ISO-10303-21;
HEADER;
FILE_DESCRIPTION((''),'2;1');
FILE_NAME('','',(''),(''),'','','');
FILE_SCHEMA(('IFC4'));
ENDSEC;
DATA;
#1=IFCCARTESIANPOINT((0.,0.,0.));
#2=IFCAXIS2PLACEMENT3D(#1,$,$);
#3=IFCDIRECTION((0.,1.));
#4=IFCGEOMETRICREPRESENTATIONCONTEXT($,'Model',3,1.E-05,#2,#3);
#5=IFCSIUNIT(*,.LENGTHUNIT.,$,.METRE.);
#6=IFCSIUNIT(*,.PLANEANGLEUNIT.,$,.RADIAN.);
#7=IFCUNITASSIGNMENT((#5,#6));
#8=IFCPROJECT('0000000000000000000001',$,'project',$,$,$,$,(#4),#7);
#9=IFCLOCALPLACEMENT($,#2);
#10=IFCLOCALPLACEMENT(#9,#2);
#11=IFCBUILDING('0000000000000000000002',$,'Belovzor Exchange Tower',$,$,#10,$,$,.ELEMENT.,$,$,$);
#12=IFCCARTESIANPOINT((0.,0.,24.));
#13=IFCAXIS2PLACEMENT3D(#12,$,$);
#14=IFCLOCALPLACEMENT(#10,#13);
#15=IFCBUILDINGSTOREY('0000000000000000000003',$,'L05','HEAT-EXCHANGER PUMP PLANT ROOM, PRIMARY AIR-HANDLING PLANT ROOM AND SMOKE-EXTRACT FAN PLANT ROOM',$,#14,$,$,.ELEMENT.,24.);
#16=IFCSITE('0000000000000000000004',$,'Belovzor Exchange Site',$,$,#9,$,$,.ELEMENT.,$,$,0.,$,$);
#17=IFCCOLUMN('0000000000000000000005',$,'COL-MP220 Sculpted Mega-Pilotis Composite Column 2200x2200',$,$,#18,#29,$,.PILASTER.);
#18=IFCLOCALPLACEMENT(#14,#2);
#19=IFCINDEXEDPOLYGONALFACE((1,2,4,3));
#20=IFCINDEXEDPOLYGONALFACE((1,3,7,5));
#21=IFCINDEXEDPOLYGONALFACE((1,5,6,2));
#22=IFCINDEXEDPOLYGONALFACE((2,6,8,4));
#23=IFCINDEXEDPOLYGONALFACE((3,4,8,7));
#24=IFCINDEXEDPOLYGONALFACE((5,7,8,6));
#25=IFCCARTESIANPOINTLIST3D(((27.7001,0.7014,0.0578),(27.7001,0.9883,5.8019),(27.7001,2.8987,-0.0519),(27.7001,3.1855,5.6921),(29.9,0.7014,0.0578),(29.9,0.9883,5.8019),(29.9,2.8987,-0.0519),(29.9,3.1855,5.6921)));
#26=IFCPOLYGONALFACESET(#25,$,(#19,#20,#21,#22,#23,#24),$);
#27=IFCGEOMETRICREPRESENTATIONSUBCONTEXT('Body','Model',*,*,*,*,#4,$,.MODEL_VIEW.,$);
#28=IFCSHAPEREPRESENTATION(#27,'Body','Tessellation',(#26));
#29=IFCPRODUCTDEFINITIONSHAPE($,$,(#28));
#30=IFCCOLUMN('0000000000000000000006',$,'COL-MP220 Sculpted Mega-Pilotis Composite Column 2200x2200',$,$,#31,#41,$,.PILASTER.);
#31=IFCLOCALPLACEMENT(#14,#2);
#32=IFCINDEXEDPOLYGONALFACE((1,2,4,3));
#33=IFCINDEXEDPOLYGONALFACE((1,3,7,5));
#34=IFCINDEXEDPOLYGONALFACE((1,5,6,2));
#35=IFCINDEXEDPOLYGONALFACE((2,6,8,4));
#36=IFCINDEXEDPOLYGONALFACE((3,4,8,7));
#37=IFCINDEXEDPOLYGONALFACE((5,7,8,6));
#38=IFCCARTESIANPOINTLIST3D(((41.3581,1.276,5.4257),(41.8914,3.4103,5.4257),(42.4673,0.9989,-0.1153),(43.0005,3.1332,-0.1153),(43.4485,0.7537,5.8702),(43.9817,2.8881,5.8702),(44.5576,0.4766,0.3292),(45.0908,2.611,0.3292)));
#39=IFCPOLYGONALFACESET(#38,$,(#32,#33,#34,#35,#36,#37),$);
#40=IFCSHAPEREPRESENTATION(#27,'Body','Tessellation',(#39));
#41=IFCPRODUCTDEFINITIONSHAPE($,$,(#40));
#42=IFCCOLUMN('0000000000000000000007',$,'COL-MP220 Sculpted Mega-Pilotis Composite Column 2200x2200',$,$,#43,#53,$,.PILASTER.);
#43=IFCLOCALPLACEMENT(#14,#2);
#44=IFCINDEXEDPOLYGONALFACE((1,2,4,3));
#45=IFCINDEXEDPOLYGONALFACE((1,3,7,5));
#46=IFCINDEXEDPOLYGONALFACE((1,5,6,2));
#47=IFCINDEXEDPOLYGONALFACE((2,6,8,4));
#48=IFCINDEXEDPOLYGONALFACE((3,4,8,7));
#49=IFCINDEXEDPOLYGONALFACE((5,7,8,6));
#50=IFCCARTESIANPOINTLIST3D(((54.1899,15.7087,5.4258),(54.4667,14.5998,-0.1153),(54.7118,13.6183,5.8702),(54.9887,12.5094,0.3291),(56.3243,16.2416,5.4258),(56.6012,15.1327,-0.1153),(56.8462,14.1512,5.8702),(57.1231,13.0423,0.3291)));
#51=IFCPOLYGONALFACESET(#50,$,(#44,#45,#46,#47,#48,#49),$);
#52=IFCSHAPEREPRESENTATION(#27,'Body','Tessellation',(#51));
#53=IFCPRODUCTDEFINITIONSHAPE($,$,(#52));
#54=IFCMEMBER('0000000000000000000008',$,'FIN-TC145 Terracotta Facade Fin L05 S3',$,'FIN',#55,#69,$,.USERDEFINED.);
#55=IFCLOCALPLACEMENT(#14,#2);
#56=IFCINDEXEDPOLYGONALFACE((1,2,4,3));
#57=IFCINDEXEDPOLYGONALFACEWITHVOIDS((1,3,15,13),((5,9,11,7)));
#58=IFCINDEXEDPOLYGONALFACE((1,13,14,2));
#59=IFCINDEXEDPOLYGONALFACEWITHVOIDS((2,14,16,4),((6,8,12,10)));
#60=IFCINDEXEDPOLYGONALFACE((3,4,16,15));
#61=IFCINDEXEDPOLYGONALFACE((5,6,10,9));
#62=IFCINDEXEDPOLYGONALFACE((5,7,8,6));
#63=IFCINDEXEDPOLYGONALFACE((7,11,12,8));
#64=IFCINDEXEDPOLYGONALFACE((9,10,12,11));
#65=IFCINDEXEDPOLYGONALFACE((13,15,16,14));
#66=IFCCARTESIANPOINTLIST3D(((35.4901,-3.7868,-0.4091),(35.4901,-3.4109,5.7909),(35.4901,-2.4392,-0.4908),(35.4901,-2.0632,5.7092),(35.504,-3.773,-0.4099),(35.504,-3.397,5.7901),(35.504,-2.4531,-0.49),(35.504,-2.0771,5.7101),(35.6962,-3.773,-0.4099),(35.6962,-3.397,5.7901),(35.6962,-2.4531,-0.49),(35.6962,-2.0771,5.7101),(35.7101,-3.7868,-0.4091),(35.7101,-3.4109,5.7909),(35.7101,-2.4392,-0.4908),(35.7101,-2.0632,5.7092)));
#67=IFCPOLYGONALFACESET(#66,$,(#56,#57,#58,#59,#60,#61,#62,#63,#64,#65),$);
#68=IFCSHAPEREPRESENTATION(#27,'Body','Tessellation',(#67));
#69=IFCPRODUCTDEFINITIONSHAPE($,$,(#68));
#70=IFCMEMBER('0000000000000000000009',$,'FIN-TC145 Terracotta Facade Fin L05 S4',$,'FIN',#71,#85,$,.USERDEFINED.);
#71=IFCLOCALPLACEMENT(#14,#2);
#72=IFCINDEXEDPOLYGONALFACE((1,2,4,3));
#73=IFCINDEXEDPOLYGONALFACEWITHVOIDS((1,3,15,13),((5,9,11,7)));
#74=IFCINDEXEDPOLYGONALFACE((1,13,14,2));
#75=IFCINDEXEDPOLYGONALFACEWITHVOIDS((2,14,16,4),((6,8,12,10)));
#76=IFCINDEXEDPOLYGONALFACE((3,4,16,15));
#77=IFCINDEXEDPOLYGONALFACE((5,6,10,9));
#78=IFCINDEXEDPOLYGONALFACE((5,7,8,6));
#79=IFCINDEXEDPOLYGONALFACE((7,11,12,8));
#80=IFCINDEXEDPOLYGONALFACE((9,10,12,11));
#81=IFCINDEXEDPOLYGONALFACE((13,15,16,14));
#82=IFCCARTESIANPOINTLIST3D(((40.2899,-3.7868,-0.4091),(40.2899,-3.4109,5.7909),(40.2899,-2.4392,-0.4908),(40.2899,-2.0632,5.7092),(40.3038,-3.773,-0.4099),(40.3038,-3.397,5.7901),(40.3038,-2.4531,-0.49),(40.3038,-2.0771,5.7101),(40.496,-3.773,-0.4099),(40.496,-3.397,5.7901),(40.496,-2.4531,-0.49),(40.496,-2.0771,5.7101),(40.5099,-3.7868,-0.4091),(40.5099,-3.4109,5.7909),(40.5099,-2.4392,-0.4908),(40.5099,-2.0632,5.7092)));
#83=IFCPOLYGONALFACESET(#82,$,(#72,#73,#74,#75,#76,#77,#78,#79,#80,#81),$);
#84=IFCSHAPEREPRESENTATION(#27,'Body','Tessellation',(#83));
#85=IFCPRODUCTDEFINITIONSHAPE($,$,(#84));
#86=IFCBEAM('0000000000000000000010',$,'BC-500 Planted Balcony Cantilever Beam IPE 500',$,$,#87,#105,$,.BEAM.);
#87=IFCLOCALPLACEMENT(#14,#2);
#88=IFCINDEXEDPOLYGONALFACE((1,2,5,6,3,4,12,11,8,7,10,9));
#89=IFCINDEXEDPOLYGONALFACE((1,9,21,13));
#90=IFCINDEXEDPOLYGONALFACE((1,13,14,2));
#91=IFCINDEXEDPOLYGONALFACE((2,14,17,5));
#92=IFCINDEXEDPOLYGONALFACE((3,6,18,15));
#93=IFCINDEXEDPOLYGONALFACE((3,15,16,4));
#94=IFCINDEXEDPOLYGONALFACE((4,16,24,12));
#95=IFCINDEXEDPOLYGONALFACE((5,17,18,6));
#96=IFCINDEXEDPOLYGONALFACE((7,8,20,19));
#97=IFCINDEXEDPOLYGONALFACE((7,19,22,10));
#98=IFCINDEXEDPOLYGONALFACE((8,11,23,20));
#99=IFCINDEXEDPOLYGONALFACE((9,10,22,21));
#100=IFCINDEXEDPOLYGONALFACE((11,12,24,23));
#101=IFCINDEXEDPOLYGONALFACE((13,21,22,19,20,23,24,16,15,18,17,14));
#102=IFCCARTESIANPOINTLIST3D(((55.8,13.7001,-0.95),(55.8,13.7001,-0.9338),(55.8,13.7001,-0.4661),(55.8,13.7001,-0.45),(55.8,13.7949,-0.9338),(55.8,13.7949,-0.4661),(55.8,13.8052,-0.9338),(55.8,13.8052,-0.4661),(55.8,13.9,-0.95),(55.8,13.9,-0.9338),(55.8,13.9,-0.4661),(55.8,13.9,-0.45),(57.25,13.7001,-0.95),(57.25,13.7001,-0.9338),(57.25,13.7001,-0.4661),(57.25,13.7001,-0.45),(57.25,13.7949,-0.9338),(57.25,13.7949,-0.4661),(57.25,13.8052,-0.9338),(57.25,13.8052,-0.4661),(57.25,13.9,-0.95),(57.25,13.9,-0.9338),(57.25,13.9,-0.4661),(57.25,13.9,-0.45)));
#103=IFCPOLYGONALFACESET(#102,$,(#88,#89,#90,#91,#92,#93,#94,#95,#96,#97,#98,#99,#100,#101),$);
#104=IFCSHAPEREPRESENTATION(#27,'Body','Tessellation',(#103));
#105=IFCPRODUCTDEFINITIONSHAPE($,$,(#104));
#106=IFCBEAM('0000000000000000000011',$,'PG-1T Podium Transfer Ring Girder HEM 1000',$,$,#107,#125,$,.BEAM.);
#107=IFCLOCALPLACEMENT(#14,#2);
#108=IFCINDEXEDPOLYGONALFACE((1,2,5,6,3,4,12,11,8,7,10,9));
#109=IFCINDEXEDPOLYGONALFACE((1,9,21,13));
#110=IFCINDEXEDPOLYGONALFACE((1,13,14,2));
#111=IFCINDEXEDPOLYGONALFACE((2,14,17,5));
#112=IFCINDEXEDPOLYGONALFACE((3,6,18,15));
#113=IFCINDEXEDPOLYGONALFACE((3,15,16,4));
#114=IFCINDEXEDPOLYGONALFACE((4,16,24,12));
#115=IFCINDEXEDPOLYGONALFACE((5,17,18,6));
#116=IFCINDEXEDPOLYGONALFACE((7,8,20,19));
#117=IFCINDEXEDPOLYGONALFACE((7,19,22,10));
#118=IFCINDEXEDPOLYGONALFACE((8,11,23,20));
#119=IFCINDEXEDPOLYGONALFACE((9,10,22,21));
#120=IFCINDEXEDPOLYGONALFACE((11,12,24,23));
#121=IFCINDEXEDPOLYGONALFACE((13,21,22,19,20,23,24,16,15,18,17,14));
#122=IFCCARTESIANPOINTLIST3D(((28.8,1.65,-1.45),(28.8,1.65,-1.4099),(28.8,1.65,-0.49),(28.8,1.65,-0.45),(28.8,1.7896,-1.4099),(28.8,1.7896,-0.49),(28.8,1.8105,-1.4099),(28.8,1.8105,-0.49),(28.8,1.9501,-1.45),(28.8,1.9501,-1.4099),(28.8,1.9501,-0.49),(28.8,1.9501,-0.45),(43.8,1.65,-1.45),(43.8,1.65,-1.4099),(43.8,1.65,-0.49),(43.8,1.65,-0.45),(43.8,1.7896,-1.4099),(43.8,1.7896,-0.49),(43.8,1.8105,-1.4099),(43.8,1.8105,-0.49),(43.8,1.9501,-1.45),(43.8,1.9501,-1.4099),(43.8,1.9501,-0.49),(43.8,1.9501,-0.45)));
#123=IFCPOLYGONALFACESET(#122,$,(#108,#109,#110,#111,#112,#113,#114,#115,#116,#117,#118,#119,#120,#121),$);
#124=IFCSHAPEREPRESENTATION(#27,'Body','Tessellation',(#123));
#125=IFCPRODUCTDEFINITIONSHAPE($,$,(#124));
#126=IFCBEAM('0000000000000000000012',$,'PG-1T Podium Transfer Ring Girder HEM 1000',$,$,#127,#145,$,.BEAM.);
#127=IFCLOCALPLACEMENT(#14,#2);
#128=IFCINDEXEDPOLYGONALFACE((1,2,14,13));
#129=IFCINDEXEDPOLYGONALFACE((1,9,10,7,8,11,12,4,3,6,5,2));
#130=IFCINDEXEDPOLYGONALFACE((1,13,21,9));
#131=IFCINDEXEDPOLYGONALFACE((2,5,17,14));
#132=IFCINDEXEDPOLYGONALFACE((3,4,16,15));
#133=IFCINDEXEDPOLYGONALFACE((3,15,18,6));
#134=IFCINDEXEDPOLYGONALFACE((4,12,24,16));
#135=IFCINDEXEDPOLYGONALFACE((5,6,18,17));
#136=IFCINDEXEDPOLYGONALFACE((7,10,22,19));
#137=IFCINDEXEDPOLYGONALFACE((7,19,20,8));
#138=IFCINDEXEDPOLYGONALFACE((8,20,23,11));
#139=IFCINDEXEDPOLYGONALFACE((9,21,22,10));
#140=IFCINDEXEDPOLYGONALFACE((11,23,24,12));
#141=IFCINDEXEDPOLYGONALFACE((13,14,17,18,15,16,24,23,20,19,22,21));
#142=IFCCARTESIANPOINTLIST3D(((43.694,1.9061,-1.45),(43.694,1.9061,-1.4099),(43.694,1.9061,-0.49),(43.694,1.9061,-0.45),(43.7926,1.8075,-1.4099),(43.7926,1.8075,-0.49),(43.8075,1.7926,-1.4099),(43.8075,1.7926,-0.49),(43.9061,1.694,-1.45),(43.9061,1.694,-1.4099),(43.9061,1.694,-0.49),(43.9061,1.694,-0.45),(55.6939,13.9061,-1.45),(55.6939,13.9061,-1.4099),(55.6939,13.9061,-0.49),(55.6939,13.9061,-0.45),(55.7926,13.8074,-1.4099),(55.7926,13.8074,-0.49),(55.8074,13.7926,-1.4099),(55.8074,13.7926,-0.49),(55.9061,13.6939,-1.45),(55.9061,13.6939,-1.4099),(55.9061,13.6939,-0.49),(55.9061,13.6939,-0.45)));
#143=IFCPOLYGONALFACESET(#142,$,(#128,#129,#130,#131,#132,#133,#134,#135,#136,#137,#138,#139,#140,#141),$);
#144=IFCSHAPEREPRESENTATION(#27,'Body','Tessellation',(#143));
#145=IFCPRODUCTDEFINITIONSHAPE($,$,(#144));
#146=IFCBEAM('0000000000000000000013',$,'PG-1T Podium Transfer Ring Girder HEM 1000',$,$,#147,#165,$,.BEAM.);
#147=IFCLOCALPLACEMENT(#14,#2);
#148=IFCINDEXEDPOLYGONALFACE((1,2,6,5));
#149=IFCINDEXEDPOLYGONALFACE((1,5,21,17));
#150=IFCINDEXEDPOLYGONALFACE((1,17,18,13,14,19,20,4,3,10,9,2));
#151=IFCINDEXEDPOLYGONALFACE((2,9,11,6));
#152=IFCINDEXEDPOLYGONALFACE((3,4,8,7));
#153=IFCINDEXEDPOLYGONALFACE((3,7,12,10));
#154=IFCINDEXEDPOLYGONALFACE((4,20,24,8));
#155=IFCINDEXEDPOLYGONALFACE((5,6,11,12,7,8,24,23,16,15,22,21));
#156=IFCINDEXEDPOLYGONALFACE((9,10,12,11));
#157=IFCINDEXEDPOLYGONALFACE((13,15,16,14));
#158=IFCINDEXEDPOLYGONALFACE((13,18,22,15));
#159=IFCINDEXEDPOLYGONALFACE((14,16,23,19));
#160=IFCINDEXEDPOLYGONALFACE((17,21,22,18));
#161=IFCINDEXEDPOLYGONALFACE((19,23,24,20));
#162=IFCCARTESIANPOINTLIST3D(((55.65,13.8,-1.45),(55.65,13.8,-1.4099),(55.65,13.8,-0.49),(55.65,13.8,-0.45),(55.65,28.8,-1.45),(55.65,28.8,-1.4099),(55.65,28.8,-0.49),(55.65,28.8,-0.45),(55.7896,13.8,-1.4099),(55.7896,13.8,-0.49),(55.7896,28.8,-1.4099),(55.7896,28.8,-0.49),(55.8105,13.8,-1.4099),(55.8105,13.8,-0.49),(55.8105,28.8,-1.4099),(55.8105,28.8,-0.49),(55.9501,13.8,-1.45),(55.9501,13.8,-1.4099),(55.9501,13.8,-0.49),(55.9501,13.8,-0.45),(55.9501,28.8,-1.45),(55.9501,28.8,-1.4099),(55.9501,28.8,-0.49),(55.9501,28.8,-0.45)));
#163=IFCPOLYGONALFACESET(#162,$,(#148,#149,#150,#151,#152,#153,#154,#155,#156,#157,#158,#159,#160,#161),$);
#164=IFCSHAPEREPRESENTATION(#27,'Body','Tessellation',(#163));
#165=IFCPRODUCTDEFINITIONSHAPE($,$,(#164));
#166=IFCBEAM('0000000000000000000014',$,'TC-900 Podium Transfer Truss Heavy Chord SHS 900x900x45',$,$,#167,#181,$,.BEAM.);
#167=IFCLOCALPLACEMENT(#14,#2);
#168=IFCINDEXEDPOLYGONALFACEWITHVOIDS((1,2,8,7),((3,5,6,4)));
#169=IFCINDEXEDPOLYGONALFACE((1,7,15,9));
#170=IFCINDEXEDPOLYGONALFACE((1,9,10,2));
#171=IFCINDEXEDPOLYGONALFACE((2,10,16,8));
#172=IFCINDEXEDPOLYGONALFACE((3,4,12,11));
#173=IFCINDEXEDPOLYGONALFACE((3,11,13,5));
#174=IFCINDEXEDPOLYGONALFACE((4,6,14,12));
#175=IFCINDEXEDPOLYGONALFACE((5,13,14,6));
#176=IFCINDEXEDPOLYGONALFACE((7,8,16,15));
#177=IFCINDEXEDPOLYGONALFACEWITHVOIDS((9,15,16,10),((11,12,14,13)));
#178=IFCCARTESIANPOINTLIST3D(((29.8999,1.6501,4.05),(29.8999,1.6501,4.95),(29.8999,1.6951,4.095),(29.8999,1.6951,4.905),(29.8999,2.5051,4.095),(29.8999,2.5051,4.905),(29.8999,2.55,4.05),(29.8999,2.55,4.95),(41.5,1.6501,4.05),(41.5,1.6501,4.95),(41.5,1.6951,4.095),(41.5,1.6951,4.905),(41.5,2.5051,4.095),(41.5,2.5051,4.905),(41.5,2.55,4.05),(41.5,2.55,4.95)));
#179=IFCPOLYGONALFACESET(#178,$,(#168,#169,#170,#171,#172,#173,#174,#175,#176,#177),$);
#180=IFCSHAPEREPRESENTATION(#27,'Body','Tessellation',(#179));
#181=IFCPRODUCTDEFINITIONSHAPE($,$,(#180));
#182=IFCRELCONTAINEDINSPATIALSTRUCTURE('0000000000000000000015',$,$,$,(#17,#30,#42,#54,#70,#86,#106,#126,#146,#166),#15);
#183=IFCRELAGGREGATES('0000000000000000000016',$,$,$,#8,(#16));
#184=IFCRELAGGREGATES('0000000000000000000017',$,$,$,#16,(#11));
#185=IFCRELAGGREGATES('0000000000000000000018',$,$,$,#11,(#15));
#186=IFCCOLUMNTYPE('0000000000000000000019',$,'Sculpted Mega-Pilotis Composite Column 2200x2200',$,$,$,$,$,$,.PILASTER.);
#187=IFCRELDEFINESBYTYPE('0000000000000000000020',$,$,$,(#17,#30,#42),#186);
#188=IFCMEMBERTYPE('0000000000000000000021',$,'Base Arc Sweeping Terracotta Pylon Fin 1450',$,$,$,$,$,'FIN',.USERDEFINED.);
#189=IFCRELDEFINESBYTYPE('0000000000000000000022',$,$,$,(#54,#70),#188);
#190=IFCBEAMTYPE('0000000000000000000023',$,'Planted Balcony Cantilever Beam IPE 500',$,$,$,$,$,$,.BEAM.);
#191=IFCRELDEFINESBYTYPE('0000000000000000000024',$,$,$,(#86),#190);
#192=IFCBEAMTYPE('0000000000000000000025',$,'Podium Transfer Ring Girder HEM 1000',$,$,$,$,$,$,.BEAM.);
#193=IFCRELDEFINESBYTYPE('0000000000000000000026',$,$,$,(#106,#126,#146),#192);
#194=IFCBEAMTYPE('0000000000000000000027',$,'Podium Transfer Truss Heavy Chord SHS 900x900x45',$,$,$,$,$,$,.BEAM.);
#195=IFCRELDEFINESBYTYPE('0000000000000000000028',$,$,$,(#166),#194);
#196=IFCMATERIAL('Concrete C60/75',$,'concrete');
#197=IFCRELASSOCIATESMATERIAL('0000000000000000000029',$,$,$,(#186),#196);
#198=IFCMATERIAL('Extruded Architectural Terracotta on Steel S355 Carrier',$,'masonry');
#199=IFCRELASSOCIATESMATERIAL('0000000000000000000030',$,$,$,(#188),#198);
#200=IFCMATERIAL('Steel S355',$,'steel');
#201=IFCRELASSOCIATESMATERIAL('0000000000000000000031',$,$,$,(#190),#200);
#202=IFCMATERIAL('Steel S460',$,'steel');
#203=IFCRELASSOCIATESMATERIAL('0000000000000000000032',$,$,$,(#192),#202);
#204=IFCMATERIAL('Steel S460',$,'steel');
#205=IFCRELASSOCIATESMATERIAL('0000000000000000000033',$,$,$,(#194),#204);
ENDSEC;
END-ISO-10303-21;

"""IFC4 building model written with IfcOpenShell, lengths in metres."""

from ifc_helpers import new_model, si_unit, direction, frame, origin, origin_2d, place, context, subcontext, project, spatial, rectangle, hollow_rectangle, i_section, extrude, material, material_profile, profile_set, type_object, element, save


model = new_model("IFC4")

# Units and contexts
model_context = context("Model", 3, precision=1e-05, world=origin(), true_north=direction((0.0, 1.0)))
body_context = subcontext(model_context, "Body", "Model", "MODEL_VIEW")
ifc_project = project(units=[si_unit("LENGTHUNIT", "METRE"), si_unit("PLANEANGLEUNIT", "RADIAN")], contexts=[model_context])

# Site, building, storey
site_placement = place(None, origin())
site = spatial("IfcSite", under=ifc_project, at=site_placement, Name="Belovzor Exchange Site", CompositionType="ELEMENT", RefElevation=0.0)
building_placement = place(site_placement, origin())
building = spatial("IfcBuilding", under=site, at=building_placement, Name="Belovzor Exchange Tower", CompositionType="ELEMENT")
storey_placement = place(building_placement, frame((0.0, 0.0, 24.0)))
storey = spatial("IfcBuildingStorey", under=building, at=storey_placement, Name="L05", Description="HEAT-EXCHANGER PUMP PLANT ROOM, PRIMARY AIR-HANDLING PLANT ROOM AND SMOKE-EXTRACT FAN PLANT ROOM", CompositionType="ELEMENT", Elevation=24.0)

# Columns
ifc_material_1 = material(Name="Concrete C60/75", Category="concrete")
ifc_material_profile_1 = material_profile(ifc_material_1, rectangle(XDim=2.2, YDim=2.2, at=origin_2d()))
ifc_profile_set_1 = profile_set([ifc_material_profile_1], Name="Concrete C60/75")
column_type = type_object("IfcColumnType", Name="Sculpted Mega-Pilotis Composite Column 2200x2200", PredefinedType="PILASTER", material=ifc_profile_set_1)
column_placement = place(storey_placement, frame((28.8, 1.8, 0.0029), z_axis=(0.0, 0.049878, 0.998755), x_axis=(-1.0, 0.0, 0.0)))
element("IfcColumn", 1, at=column_placement, inside=storey, type_object=column_type, Name="COL-MP220 Sculpted Mega-Pilotis Composite Column 2200x2200", PredefinedType="PILASTER", context=body_context, shape_type="SweptSolid", body=[
    extrude(rectangle(XDim=2.2, YDim=2.2, at=origin_2d()), origin(), (0.0, 0.0, 1.0), 5.7512),
])
for number, where, z_axis, x_axis, name in (
    (2, (43.7791, 1.8049, 0.1069), (-0.196038, 0.048977, 0.979372), (-0.242385, -0.97018, 0.0), "COL-MP220 Sculpted Mega-Pilotis Composite Column 2200x2200"),
    (3, (55.7949, 13.821, 0.1069), (-0.048935, 0.195997, 0.979383), (-0.970218, -0.242234, 0.0), "COL-MP220 Sculpted Mega-Pilotis Composite Column 2200x2200"),
):
    element("IfcColumn", number, at=place(storey_placement, frame(where, z_axis=z_axis, x_axis=x_axis)), inside=storey, type_object=column_type, Name=name, PredefinedType="PILASTER", context=body_context, shape_type="SweptSolid", body=[
        extrude(rectangle(XDim=2.2, YDim=2.2, at=origin_2d()), origin(), (0.0, 0.0, 1.0), 5.6577),
    ])

# Members
ifc_material_2 = material(Name="Extruded Architectural Terracotta on Steel S355 Carrier", Category="masonry")
ifc_material_profile_2 = material_profile(ifc_material_2, hollow_rectangle(XDim=0.22, YDim=1.3501, WallThickness=0.0139, at=origin_2d()))
ifc_profile_set_2 = profile_set([ifc_material_profile_2], Name="Extruded Architectural Terracotta on Steel S355 Carrier")
member_type_1 = type_object("IfcMemberType", Name="Base Arc Sweeping Terracotta Pylon Fin 1450", ElementType="FIN", PredefinedType="USERDEFINED", material=ifc_profile_set_2)
for number, where, z_axis, x_axis, name in (
    (4, (35.6001, -3.113, -0.45), (0.0, 0.060531, 0.998166), (-1.0, 0.0, 0.0), "FIN-TC145 Terracotta Facade Fin L05 S3"),
    (5, (40.3999, -3.113, -0.45), (0.0, 0.060531, 0.998166), (-1.0, 0.0, 0.0), "FIN-TC145 Terracotta Facade Fin L05 S4"),
):
    element("IfcMember", number, at=place(storey_placement, frame(where, z_axis=z_axis, x_axis=x_axis)), inside=storey, type_object=member_type_1, Name=name, ObjectType="FIN", PredefinedType="USERDEFINED", context=body_context, shape_type="SweptSolid", body=[
        extrude(hollow_rectangle(XDim=0.22, YDim=1.3501, WallThickness=0.0139, at=origin_2d()), origin(), (0.0, 0.0, 1.0), 6.2114),
    ])

# Beams
ifc_material_3 = material(Name="Steel S355", Category="steel")
ifc_material_profile_3 = material_profile(ifc_material_3, i_section(OverallWidth=0.2, OverallDepth=0.5, WebThickness=0.0103, FlangeThickness=0.0161, at=origin_2d()))
ifc_profile_set_3 = profile_set([ifc_material_profile_3], Name="Steel S355")
beam_type_1 = type_object("IfcBeamType", Name="Planted Balcony Cantilever Beam IPE 500", PredefinedType="BEAM", material=ifc_profile_set_3)
beam_1_placement = place(storey_placement, frame((55.8, 13.8, -0.7), z_axis=(1.0, 0.0, 0.0), x_axis=(0.0, 1.0, 0.0)))
element("IfcBeam", 6, at=beam_1_placement, inside=storey, type_object=beam_type_1, Name="BC-500 Planted Balcony Cantilever Beam IPE 500", PredefinedType="BEAM", context=body_context, shape_type="SweptSolid", body=[
    extrude(i_section(OverallWidth=0.2, OverallDepth=0.5, WebThickness=0.0103, FlangeThickness=0.0161, at=origin_2d()), origin(), (0.0, 0.0, 1.0), 1.45),
])
ifc_material_4 = material(Name="Steel S460", Category="steel")
ifc_material_profile_4 = material_profile(ifc_material_4, i_section(OverallWidth=0.3, OverallDepth=1.0, WebThickness=0.021, FlangeThickness=0.04, at=origin_2d()))
ifc_profile_set_4 = profile_set([ifc_material_profile_4], Name="Steel S460")
beam_type_2 = type_object("IfcBeamType", Name="Podium Transfer Ring Girder HEM 1000", PredefinedType="BEAM", material=ifc_profile_set_4)
beam_2_placement = place(storey_placement, frame((28.8, 1.8, -0.95), z_axis=(1.0, 0.0, 0.0), x_axis=(0.0, 1.0, 0.0)))
element("IfcBeam", 7, at=beam_2_placement, inside=storey, type_object=beam_type_2, Name="PG-1T Podium Transfer Ring Girder HEM 1000", PredefinedType="BEAM", context=body_context, shape_type="SweptSolid", body=[
    extrude(i_section(OverallWidth=0.3, OverallDepth=1.0, WebThickness=0.021, FlangeThickness=0.04, at=origin_2d()), origin(), (0.0, 0.0, 1.0), 15.0),
])
beam_3_placement = place(storey_placement, frame((43.8, 1.8, -0.95), z_axis=(0.707107, 0.707107, 0.0), x_axis=(-0.707107, 0.707107, 0.0)))
element("IfcBeam", 8, at=beam_3_placement, inside=storey, type_object=beam_type_2, Name="PG-1T Podium Transfer Ring Girder HEM 1000", PredefinedType="BEAM", context=body_context, shape_type="SweptSolid", body=[
    extrude(i_section(OverallWidth=0.3, OverallDepth=1.0, WebThickness=0.021, FlangeThickness=0.04, at=origin_2d()), origin(), (0.0, 0.0, 1.0), 16.9705),
])
beam_4_placement = place(storey_placement, frame((55.8, 13.8, -0.95), z_axis=(0.0, 1.0, 0.0), x_axis=(-1.0, 0.0, 0.0)))
element("IfcBeam", 9, at=beam_4_placement, inside=storey, type_object=beam_type_2, Name="PG-1T Podium Transfer Ring Girder HEM 1000", PredefinedType="BEAM", context=body_context, shape_type="SweptSolid", body=[
    extrude(i_section(OverallWidth=0.3, OverallDepth=1.0, WebThickness=0.021, FlangeThickness=0.04, at=origin_2d()), origin(), (0.0, 0.0, 1.0), 15.0),
])
ifc_material_5 = material(Name="Steel S460", Category="steel")
ifc_material_profile_5 = material_profile(ifc_material_5, hollow_rectangle(XDim=0.8999, YDim=0.8999, WallThickness=0.0449, at=origin_2d()))
ifc_profile_set_5 = profile_set([ifc_material_profile_5], Name="Steel S460")
beam_type_3 = type_object("IfcBeamType", Name="Podium Transfer Truss Heavy Chord SHS 900x900x45", PredefinedType="BEAM", material=ifc_profile_set_5)
beam_5_placement = place(storey_placement, frame((29.8999, 2.1001, 4.5), z_axis=(1.0, 0.0, 0.0), x_axis=(0.0, 1.0, 0.0)))
element("IfcBeam", 10, at=beam_5_placement, inside=storey, type_object=beam_type_3, Name="TC-900 Podium Transfer Truss Heavy Chord SHS 900x900x45", PredefinedType="BEAM", context=body_context, shape_type="SweptSolid", body=[
    extrude(hollow_rectangle(XDim=0.8999, YDim=0.8999, WallThickness=0.0449, at=origin_2d()), origin(), (0.0, 0.0, 1.0), 11.6001),
])

save(model, "model.ifc")
